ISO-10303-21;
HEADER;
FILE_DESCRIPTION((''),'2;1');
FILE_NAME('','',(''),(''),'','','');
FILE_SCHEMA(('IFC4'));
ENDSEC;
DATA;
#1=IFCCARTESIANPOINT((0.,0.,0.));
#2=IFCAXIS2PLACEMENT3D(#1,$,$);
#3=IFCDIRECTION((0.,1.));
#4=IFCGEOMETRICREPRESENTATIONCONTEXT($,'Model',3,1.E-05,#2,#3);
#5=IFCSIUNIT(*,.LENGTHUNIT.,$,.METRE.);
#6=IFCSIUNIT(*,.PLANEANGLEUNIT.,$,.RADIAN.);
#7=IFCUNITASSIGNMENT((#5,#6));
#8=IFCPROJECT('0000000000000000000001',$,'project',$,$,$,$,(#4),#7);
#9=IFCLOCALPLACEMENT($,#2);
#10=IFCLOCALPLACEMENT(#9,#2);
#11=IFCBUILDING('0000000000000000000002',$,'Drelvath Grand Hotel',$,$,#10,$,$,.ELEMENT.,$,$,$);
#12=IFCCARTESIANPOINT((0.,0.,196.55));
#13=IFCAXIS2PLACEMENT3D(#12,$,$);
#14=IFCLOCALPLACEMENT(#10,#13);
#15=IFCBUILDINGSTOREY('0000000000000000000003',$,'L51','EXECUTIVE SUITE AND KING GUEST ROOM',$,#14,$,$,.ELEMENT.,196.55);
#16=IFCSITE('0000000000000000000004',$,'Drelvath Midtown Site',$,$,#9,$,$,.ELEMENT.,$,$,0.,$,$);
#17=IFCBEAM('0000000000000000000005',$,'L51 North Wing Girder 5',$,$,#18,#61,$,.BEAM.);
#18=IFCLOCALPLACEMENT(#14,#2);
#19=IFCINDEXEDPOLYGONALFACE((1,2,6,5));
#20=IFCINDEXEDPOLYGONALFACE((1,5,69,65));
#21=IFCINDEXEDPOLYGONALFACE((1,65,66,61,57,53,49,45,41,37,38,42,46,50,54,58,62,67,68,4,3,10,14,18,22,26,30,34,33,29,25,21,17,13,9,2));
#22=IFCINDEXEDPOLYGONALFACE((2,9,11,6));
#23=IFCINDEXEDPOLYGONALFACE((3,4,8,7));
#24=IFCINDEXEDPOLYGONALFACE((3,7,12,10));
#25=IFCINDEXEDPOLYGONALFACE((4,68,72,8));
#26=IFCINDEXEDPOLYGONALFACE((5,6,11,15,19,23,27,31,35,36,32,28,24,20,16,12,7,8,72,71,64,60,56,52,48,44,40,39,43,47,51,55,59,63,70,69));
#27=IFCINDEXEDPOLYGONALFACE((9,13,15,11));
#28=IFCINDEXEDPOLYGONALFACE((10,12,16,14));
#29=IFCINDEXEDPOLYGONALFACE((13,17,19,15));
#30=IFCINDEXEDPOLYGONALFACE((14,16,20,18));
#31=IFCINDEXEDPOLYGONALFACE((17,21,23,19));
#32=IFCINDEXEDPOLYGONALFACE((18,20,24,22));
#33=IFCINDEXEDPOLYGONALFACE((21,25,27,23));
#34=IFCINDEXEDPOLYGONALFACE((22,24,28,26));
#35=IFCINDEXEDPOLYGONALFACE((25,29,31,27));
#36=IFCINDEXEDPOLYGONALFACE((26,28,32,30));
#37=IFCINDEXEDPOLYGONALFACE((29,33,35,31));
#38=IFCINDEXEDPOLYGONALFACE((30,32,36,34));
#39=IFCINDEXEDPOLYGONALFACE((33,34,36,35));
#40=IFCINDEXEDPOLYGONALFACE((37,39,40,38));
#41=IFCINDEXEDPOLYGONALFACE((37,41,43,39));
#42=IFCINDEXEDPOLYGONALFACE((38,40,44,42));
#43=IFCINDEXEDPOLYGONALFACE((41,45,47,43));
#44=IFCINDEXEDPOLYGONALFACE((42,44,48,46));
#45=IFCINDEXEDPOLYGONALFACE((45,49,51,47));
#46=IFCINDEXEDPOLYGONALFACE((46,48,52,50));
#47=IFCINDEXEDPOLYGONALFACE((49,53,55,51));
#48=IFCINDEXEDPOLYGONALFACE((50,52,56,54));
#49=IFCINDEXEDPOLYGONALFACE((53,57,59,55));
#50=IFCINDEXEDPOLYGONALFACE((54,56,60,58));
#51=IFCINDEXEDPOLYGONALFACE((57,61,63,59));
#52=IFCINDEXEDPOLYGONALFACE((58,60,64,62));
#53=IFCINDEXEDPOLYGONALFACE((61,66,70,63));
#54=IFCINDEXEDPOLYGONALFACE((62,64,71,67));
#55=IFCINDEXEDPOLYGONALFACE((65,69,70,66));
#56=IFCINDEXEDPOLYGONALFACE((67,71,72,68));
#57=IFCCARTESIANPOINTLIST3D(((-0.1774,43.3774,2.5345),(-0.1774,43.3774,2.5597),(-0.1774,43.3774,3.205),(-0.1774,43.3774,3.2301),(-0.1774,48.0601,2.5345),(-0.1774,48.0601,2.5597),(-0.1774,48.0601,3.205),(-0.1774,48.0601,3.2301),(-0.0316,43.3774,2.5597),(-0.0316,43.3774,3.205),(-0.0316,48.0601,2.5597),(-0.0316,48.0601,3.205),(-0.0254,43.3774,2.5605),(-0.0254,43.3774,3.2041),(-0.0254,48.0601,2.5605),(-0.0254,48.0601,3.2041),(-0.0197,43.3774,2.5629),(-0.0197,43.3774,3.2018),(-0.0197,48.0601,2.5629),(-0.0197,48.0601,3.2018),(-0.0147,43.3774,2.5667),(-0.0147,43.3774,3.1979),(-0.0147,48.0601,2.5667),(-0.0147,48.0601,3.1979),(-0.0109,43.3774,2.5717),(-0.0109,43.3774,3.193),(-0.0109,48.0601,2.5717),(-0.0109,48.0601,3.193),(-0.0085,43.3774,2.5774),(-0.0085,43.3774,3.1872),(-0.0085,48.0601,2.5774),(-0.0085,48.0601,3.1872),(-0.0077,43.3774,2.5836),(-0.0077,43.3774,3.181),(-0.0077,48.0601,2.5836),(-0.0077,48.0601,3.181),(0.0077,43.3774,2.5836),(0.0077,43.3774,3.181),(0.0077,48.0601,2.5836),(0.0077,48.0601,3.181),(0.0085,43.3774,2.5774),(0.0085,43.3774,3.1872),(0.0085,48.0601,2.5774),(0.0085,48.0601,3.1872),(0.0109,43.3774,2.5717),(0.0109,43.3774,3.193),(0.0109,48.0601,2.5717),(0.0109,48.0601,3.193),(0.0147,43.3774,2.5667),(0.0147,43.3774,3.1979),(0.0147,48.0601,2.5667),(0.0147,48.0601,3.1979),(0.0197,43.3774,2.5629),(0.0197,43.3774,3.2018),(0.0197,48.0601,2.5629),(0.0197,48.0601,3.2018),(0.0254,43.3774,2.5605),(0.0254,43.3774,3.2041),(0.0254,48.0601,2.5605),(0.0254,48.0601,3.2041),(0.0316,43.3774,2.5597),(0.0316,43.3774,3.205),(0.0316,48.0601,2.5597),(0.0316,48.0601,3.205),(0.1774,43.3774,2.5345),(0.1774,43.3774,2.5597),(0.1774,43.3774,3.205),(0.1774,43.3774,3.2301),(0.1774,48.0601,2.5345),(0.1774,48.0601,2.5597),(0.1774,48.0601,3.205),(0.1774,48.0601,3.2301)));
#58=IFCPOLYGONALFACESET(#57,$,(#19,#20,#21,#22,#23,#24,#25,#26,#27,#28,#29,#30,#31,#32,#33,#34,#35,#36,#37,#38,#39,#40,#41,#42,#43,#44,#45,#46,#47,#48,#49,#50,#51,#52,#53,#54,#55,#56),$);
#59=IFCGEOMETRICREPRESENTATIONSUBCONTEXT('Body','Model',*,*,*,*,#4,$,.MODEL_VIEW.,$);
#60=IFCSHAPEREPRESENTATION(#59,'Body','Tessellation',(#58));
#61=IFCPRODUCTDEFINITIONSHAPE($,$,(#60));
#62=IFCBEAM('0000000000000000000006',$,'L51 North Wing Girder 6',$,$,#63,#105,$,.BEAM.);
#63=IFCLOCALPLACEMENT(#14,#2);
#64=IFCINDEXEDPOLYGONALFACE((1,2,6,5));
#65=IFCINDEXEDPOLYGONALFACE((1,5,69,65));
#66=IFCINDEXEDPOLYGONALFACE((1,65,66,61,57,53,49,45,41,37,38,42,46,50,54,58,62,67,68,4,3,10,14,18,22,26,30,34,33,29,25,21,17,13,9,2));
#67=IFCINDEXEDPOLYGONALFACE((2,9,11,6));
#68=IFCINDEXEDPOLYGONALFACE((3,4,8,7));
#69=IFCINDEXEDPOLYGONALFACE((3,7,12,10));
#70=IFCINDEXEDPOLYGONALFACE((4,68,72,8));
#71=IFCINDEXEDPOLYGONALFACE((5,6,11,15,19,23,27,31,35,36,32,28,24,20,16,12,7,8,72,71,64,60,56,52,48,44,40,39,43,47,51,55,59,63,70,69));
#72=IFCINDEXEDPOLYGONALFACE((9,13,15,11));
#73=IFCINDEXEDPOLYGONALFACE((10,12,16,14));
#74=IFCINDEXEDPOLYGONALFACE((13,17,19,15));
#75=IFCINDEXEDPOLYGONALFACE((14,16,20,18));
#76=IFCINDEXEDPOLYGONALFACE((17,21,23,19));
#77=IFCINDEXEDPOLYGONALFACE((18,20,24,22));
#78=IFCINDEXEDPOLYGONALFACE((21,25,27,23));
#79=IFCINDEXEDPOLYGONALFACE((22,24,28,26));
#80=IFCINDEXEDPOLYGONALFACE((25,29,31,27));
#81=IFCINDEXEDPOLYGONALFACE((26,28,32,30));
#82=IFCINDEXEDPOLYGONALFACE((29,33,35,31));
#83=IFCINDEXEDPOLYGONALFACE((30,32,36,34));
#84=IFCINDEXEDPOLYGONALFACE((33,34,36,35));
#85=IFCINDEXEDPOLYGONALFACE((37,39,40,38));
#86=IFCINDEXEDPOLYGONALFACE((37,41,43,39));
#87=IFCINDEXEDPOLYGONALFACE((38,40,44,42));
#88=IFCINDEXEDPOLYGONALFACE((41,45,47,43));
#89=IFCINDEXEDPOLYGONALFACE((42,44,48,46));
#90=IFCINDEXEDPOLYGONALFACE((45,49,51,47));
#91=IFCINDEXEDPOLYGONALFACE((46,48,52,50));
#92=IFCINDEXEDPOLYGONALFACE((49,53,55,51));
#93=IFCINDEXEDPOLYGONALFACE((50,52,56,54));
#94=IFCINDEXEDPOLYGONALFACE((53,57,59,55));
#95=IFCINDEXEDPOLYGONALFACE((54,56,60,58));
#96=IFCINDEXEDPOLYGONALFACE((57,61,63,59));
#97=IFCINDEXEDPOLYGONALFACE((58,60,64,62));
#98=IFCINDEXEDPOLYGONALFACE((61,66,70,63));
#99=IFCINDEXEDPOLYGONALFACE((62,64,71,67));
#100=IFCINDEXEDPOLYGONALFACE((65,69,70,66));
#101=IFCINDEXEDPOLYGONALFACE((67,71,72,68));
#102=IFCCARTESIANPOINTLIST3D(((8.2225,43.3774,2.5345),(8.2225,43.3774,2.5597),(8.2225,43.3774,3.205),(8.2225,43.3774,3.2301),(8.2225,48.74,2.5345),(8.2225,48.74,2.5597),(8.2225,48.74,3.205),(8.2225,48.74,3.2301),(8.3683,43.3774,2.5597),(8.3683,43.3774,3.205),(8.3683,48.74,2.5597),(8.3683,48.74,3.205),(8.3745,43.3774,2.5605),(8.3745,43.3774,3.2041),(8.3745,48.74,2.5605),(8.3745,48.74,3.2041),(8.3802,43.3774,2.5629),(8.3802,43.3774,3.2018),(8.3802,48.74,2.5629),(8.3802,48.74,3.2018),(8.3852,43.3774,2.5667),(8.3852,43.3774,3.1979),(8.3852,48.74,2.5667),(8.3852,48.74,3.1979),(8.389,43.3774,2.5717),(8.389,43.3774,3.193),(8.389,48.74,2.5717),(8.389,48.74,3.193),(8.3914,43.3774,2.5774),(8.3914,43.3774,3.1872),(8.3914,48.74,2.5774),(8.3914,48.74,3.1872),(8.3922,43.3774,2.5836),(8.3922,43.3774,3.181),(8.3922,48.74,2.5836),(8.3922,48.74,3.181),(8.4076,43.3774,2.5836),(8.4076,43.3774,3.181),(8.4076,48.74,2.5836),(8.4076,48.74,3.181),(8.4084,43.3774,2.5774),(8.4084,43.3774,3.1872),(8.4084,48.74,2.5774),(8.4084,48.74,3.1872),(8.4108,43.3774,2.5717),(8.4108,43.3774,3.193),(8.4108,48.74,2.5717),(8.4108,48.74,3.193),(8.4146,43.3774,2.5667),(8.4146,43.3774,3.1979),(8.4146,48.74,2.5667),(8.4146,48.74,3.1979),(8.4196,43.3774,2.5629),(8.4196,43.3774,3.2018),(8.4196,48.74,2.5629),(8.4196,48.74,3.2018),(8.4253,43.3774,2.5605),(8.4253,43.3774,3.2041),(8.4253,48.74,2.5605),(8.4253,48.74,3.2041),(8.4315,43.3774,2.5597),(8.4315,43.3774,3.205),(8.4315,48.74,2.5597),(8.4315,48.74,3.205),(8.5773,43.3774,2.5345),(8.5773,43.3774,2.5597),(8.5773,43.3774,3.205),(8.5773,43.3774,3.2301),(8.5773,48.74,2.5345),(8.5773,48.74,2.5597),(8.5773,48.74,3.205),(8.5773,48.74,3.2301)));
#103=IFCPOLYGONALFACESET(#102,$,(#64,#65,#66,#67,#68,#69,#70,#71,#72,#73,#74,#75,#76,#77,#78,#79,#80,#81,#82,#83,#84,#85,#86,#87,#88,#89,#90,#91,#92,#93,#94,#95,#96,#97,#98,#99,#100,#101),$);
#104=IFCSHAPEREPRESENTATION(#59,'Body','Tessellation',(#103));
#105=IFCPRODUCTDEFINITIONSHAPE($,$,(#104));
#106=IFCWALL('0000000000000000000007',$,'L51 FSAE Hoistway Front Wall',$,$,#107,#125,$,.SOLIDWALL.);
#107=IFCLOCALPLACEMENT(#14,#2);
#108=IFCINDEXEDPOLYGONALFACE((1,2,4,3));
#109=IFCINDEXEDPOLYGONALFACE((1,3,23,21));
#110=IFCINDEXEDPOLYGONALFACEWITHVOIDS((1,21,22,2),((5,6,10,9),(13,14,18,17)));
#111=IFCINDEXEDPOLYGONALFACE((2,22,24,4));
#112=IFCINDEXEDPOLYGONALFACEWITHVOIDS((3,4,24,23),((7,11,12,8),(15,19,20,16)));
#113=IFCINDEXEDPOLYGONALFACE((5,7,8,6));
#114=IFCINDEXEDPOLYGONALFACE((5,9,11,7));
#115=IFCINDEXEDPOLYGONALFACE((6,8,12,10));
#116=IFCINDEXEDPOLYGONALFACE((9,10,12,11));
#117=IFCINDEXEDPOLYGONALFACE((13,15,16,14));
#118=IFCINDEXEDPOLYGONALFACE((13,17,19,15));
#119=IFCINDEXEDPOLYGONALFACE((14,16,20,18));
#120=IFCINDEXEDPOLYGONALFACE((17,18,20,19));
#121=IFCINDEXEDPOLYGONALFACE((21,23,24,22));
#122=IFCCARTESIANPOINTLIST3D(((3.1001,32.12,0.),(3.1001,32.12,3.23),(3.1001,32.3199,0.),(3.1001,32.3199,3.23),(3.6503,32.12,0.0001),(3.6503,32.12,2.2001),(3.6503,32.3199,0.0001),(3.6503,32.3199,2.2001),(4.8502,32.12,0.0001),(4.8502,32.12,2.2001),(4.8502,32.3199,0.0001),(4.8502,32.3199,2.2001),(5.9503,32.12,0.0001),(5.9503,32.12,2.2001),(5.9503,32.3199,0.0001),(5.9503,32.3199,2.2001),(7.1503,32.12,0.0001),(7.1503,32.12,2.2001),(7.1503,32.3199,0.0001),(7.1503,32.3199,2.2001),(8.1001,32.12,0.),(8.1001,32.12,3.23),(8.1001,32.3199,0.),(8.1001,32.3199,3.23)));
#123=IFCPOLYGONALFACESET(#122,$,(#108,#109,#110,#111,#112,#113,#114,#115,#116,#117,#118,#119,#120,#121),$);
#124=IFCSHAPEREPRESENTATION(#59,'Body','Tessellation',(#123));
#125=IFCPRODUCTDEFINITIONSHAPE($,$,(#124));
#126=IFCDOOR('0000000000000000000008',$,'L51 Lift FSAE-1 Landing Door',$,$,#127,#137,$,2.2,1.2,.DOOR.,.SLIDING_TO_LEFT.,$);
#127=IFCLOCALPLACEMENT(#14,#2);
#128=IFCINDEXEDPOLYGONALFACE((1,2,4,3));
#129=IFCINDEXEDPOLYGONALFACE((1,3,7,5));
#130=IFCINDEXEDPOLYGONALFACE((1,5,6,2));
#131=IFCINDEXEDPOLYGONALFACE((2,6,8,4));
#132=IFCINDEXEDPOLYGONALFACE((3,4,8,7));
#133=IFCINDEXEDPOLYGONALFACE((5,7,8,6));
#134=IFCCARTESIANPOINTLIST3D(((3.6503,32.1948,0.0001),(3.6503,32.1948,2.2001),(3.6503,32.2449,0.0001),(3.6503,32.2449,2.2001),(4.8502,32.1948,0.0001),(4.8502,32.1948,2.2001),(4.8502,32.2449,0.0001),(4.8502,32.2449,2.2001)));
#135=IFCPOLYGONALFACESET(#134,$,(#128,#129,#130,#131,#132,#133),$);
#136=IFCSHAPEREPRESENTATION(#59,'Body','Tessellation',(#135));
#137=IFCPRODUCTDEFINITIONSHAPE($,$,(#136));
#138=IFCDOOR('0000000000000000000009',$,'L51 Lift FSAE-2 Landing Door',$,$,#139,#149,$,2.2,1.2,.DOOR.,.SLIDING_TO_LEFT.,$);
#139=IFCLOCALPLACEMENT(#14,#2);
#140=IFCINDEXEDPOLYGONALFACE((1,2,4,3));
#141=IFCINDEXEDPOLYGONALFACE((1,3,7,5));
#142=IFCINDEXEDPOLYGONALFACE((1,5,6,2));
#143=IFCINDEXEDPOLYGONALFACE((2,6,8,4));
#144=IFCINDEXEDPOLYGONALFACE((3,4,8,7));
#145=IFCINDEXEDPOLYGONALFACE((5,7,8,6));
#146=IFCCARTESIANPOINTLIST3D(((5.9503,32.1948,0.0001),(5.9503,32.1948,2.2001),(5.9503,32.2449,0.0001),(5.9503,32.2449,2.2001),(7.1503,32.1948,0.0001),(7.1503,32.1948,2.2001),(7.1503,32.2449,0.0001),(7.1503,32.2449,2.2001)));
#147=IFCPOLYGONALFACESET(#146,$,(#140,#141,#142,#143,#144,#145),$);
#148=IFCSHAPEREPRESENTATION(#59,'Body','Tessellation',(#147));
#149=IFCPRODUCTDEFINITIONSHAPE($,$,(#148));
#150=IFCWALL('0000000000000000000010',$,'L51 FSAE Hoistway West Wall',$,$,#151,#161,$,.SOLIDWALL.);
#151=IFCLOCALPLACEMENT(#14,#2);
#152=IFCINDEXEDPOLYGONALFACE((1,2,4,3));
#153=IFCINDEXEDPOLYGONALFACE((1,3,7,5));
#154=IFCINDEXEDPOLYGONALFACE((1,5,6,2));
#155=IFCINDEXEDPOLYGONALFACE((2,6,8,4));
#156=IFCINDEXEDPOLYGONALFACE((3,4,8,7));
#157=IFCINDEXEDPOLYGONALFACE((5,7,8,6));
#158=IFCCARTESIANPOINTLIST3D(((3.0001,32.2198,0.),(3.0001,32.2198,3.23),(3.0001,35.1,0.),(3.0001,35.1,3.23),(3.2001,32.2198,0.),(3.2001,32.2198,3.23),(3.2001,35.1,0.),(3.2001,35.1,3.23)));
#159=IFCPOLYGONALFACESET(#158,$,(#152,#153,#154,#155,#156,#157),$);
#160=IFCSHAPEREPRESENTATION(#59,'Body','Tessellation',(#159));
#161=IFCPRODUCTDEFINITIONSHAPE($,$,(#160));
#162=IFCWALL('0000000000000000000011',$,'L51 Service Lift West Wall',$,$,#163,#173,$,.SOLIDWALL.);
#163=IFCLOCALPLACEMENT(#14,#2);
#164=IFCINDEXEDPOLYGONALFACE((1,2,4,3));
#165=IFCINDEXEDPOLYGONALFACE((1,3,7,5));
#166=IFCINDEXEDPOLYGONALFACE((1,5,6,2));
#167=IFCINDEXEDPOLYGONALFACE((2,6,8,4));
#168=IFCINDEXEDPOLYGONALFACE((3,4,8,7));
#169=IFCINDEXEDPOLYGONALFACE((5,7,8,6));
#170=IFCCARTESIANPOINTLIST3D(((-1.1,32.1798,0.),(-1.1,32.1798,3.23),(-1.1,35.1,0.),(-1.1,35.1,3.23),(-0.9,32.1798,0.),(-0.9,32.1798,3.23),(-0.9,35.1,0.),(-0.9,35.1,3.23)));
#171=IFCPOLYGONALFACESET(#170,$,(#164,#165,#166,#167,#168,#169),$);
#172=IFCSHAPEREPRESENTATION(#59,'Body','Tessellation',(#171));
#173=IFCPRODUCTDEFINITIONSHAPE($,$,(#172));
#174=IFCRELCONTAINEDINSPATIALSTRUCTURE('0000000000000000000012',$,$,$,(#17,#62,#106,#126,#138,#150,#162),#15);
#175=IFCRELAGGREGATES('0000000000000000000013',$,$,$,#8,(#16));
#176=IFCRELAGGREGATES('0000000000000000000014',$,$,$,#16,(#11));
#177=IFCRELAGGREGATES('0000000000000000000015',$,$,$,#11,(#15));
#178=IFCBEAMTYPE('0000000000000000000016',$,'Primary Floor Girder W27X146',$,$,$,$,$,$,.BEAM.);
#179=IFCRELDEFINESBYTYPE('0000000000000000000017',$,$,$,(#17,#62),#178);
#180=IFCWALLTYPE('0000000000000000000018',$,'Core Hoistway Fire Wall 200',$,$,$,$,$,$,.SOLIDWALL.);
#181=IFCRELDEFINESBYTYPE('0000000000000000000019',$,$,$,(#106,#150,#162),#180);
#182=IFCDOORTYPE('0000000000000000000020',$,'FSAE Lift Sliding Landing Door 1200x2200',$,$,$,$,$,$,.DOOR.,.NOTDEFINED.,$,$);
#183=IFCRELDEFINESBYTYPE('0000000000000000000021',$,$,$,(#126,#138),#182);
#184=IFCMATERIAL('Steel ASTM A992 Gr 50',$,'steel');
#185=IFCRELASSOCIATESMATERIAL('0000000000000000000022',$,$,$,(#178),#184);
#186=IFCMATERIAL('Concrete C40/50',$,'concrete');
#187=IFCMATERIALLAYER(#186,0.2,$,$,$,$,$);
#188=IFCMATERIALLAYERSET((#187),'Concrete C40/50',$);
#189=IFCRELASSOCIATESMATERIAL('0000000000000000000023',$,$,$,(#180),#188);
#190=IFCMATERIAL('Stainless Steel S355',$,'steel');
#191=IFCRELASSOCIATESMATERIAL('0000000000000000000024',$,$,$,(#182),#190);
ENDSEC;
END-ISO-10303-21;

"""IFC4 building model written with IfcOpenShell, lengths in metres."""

from ifc_helpers import new_model, si_unit, direction, frame, frame_2d, origin, origin_2d, place, context, subcontext, project, spatial, rectangle, i_section, extrude, material, layer, layer_set, material_profile, profile_set, type_object, element, fill, save


model = new_model("IFC4")

# Units and contexts
model_context = context("Model", 3, precision=1e-05, world=origin(), true_north=direction((0.0, 1.0)))
body_context = subcontext(model_context, "Body", "Model", "MODEL_VIEW")
ifc_project = project(units=[si_unit("LENGTHUNIT", "METRE"), si_unit("PLANEANGLEUNIT", "RADIAN")], contexts=[model_context])

# Site, building, storey
site_placement = place(None, origin())
site = spatial("IfcSite", under=ifc_project, at=site_placement, Name="Drelvath Midtown Site", CompositionType="ELEMENT", RefElevation=0.0)
building_placement = place(site_placement, origin())
building = spatial("IfcBuilding", under=site, at=building_placement, Name="Drelvath Grand Hotel", CompositionType="ELEMENT")
storey_placement = place(building_placement, frame((0.0, 0.0, 196.55)))
storey = spatial("IfcBuildingStorey", under=building, at=storey_placement, Name="L51", Description="EXECUTIVE SUITE AND KING GUEST ROOM", CompositionType="ELEMENT", Elevation=196.55)

# Beams
ifc_material_1 = material(Name="Steel ASTM A992 Gr 50", Category="steel")
ifc_material_profile_1 = material_profile(ifc_material_1, i_section(OverallWidth=0.3547, OverallDepth=0.6956, WebThickness=0.0154, FlangeThickness=0.0251, FilletRadius=0.0239, at=origin_2d()), Name="W27X146")
ifc_profile_set_1 = profile_set([ifc_material_profile_1], Name="Steel ASTM A992 Gr 50")
beam_type_1 = type_object("IfcBeamType", Name="Primary Floor Girder W27X146", PredefinedType="BEAM", material=ifc_profile_set_1)
beam_1_placement = place(storey_placement, frame((0.0, 43.3774, 2.8823), z_axis=(0.0, 1.0, 0.0), x_axis=(-1.0, 0.0, 0.0)))
element("IfcBeam", 1, at=beam_1_placement, inside=storey, type_object=beam_type_1, Name="L51 North Wing Girder 5", PredefinedType="BEAM", context=body_context, shape_type="SweptSolid", body=[
    extrude(i_section(OverallWidth=0.3547, OverallDepth=0.6956, WebThickness=0.0154, FlangeThickness=0.0251, FilletRadius=0.0239, at=origin_2d()), origin(), (0.0, 0.0, 1.0), 4.6826),
])
beam_2_placement = place(storey_placement, frame((8.3999, 43.3774, 2.8823), z_axis=(0.0, 1.0, 0.0), x_axis=(-1.0, 0.0, 0.0)))
element("IfcBeam", 2, at=beam_2_placement, inside=storey, type_object=beam_type_1, Name="L51 North Wing Girder 6", PredefinedType="BEAM", context=body_context, shape_type="SweptSolid", body=[
    extrude(i_section(OverallWidth=0.3547, OverallDepth=0.6956, WebThickness=0.0154, FlangeThickness=0.0251, FilletRadius=0.0239, at=origin_2d()), origin(), (0.0, 0.0, 1.0), 5.3625),
])

# Wall, openings, doors
ifc_material_2 = material(Name="Concrete C40/50", Category="concrete")
ifc_layer_1 = layer(ifc_material_2, 0.2)
ifc_layer_set_1 = layer_set([ifc_layer_1], Name="Concrete C40/50")
wall_type_1 = type_object("IfcWallType", Name="Core Hoistway Fire Wall 200", PredefinedType="SOLIDWALL", material=ifc_layer_set_1)
wall_1_placement = place(storey_placement, frame((3.1001, 32.22, 0.0), z_axis=(0.0, 0.0, 1.0), x_axis=(1.0, 0.0, 0.0)))
wall_1 = element("IfcWall", 3, at=wall_1_placement, inside=storey, type_object=wall_type_1, Name="L51 FSAE Hoistway Front Wall", PredefinedType="SOLIDWALL", context=body_context, shape_type="SweptSolid", body=[
    extrude(rectangle(XDim=5.0, YDim=0.2, at=frame_2d((2.5, 0.0))), origin(), (0.0, 0.0, 1.0), 3.23),
])
opening_1_placement = place(wall_1_placement, frame((0.55, 0.0, 0.0)))
opening_1 = element("IfcOpeningElement", 4, at=opening_1_placement, cuts=wall_1, PredefinedType="OPENING", context=body_context, shape_type="SweptSolid", body=[
    extrude(rectangle(XDim=1.2, YDim=2.2, at=frame_2d((0.6001, 1.1001))), frame((0.0, 0.1099, 0.0), z_axis=(0.0, -1.0, 0.0), x_axis=(1.0, 0.0, 0.0)), (0.0, 0.0, 1.0), 0.22),
])
opening_2_placement = place(wall_1_placement, frame((2.8501, 0.0, 0.0)))
opening_2 = element("IfcOpeningElement", 5, at=opening_2_placement, cuts=wall_1, PredefinedType="OPENING", context=body_context, shape_type="SweptSolid", body=[
    extrude(rectangle(XDim=1.2, YDim=2.2, at=frame_2d((0.6001, 1.1001))), frame((0.0, 0.1099, 0.0), z_axis=(0.0, -1.0, 0.0), x_axis=(1.0, 0.0, 0.0)), (0.0, 0.0, 1.0), 0.22),
])
ifc_material_3 = material(Name="Stainless Steel S355", Category="steel")
door_type_1 = type_object("IfcDoorType", Name="FSAE Lift Sliding Landing Door 1200x2200", OperationType="NOTDEFINED", PredefinedType="DOOR", material=ifc_material_3)
door_1_placement = place(opening_1_placement, origin())
door_1 = element("IfcDoor", 6, at=door_1_placement, inside=storey, type_object=door_type_1, Name="L51 Lift FSAE-1 Landing Door", OperationType="SLIDING_TO_LEFT", OverallHeight=2.2, OverallWidth=1.2, PredefinedType="DOOR", context=body_context, shape_type="SweptSolid", body=[
    extrude(rectangle(XDim=1.2, YDim=2.2, at=frame_2d((0.6001, 1.1001))), frame((0.0, 0.0249, 0.0), z_axis=(0.0, -1.0, 0.0), x_axis=(1.0, 0.0, 0.0)), (0.0, 0.0, 1.0), 0.05),
])
fill(opening_1, door_1)
door_2_placement = place(opening_2_placement, origin())
door_2 = element("IfcDoor", 7, at=door_2_placement, inside=storey, type_object=door_type_1, Name="L51 Lift FSAE-2 Landing Door", OperationType="SLIDING_TO_LEFT", OverallHeight=2.2, OverallWidth=1.2, PredefinedType="DOOR", context=body_context, shape_type="SweptSolid", body=[
    extrude(rectangle(XDim=1.2, YDim=2.2, at=frame_2d((0.6001, 1.1001))), frame((0.0, 0.0249, 0.0), z_axis=(0.0, -1.0, 0.0), x_axis=(1.0, 0.0, 0.0)), (0.0, 0.0, 1.0), 0.05),
])
fill(opening_2, door_2)

# Walls
wall_2_placement = place(storey_placement, frame((3.1001, 32.22, 0.0), z_axis=(0.0, 0.0, 1.0), x_axis=(0.0, 1.0, 0.0)))
element("IfcWall", 8, at=wall_2_placement, inside=storey, type_object=wall_type_1, Name="L51 FSAE Hoistway West Wall", PredefinedType="SOLIDWALL", context=body_context, shape_type="SweptSolid", body=[
    extrude(rectangle(XDim=2.8801, YDim=0.2, at=frame_2d((1.4399, 0.0))), origin(), (0.0, 0.0, 1.0), 3.23),
])
wall_3_placement = place(storey_placement, frame((-1.0, 32.1799, 0.0), z_axis=(0.0, 0.0, 1.0), x_axis=(0.0, 1.0, 0.0)))
element("IfcWall", 9, at=wall_3_placement, inside=storey, type_object=wall_type_1, Name="L51 Service Lift West Wall", PredefinedType="SOLIDWALL", context=body_context, shape_type="SweptSolid", body=[
    extrude(rectangle(XDim=2.9202, YDim=0.2, at=frame_2d((1.46, 0.0))), origin(), (0.0, 0.0, 1.0), 3.23),
])

save(model, "model.ifc")
